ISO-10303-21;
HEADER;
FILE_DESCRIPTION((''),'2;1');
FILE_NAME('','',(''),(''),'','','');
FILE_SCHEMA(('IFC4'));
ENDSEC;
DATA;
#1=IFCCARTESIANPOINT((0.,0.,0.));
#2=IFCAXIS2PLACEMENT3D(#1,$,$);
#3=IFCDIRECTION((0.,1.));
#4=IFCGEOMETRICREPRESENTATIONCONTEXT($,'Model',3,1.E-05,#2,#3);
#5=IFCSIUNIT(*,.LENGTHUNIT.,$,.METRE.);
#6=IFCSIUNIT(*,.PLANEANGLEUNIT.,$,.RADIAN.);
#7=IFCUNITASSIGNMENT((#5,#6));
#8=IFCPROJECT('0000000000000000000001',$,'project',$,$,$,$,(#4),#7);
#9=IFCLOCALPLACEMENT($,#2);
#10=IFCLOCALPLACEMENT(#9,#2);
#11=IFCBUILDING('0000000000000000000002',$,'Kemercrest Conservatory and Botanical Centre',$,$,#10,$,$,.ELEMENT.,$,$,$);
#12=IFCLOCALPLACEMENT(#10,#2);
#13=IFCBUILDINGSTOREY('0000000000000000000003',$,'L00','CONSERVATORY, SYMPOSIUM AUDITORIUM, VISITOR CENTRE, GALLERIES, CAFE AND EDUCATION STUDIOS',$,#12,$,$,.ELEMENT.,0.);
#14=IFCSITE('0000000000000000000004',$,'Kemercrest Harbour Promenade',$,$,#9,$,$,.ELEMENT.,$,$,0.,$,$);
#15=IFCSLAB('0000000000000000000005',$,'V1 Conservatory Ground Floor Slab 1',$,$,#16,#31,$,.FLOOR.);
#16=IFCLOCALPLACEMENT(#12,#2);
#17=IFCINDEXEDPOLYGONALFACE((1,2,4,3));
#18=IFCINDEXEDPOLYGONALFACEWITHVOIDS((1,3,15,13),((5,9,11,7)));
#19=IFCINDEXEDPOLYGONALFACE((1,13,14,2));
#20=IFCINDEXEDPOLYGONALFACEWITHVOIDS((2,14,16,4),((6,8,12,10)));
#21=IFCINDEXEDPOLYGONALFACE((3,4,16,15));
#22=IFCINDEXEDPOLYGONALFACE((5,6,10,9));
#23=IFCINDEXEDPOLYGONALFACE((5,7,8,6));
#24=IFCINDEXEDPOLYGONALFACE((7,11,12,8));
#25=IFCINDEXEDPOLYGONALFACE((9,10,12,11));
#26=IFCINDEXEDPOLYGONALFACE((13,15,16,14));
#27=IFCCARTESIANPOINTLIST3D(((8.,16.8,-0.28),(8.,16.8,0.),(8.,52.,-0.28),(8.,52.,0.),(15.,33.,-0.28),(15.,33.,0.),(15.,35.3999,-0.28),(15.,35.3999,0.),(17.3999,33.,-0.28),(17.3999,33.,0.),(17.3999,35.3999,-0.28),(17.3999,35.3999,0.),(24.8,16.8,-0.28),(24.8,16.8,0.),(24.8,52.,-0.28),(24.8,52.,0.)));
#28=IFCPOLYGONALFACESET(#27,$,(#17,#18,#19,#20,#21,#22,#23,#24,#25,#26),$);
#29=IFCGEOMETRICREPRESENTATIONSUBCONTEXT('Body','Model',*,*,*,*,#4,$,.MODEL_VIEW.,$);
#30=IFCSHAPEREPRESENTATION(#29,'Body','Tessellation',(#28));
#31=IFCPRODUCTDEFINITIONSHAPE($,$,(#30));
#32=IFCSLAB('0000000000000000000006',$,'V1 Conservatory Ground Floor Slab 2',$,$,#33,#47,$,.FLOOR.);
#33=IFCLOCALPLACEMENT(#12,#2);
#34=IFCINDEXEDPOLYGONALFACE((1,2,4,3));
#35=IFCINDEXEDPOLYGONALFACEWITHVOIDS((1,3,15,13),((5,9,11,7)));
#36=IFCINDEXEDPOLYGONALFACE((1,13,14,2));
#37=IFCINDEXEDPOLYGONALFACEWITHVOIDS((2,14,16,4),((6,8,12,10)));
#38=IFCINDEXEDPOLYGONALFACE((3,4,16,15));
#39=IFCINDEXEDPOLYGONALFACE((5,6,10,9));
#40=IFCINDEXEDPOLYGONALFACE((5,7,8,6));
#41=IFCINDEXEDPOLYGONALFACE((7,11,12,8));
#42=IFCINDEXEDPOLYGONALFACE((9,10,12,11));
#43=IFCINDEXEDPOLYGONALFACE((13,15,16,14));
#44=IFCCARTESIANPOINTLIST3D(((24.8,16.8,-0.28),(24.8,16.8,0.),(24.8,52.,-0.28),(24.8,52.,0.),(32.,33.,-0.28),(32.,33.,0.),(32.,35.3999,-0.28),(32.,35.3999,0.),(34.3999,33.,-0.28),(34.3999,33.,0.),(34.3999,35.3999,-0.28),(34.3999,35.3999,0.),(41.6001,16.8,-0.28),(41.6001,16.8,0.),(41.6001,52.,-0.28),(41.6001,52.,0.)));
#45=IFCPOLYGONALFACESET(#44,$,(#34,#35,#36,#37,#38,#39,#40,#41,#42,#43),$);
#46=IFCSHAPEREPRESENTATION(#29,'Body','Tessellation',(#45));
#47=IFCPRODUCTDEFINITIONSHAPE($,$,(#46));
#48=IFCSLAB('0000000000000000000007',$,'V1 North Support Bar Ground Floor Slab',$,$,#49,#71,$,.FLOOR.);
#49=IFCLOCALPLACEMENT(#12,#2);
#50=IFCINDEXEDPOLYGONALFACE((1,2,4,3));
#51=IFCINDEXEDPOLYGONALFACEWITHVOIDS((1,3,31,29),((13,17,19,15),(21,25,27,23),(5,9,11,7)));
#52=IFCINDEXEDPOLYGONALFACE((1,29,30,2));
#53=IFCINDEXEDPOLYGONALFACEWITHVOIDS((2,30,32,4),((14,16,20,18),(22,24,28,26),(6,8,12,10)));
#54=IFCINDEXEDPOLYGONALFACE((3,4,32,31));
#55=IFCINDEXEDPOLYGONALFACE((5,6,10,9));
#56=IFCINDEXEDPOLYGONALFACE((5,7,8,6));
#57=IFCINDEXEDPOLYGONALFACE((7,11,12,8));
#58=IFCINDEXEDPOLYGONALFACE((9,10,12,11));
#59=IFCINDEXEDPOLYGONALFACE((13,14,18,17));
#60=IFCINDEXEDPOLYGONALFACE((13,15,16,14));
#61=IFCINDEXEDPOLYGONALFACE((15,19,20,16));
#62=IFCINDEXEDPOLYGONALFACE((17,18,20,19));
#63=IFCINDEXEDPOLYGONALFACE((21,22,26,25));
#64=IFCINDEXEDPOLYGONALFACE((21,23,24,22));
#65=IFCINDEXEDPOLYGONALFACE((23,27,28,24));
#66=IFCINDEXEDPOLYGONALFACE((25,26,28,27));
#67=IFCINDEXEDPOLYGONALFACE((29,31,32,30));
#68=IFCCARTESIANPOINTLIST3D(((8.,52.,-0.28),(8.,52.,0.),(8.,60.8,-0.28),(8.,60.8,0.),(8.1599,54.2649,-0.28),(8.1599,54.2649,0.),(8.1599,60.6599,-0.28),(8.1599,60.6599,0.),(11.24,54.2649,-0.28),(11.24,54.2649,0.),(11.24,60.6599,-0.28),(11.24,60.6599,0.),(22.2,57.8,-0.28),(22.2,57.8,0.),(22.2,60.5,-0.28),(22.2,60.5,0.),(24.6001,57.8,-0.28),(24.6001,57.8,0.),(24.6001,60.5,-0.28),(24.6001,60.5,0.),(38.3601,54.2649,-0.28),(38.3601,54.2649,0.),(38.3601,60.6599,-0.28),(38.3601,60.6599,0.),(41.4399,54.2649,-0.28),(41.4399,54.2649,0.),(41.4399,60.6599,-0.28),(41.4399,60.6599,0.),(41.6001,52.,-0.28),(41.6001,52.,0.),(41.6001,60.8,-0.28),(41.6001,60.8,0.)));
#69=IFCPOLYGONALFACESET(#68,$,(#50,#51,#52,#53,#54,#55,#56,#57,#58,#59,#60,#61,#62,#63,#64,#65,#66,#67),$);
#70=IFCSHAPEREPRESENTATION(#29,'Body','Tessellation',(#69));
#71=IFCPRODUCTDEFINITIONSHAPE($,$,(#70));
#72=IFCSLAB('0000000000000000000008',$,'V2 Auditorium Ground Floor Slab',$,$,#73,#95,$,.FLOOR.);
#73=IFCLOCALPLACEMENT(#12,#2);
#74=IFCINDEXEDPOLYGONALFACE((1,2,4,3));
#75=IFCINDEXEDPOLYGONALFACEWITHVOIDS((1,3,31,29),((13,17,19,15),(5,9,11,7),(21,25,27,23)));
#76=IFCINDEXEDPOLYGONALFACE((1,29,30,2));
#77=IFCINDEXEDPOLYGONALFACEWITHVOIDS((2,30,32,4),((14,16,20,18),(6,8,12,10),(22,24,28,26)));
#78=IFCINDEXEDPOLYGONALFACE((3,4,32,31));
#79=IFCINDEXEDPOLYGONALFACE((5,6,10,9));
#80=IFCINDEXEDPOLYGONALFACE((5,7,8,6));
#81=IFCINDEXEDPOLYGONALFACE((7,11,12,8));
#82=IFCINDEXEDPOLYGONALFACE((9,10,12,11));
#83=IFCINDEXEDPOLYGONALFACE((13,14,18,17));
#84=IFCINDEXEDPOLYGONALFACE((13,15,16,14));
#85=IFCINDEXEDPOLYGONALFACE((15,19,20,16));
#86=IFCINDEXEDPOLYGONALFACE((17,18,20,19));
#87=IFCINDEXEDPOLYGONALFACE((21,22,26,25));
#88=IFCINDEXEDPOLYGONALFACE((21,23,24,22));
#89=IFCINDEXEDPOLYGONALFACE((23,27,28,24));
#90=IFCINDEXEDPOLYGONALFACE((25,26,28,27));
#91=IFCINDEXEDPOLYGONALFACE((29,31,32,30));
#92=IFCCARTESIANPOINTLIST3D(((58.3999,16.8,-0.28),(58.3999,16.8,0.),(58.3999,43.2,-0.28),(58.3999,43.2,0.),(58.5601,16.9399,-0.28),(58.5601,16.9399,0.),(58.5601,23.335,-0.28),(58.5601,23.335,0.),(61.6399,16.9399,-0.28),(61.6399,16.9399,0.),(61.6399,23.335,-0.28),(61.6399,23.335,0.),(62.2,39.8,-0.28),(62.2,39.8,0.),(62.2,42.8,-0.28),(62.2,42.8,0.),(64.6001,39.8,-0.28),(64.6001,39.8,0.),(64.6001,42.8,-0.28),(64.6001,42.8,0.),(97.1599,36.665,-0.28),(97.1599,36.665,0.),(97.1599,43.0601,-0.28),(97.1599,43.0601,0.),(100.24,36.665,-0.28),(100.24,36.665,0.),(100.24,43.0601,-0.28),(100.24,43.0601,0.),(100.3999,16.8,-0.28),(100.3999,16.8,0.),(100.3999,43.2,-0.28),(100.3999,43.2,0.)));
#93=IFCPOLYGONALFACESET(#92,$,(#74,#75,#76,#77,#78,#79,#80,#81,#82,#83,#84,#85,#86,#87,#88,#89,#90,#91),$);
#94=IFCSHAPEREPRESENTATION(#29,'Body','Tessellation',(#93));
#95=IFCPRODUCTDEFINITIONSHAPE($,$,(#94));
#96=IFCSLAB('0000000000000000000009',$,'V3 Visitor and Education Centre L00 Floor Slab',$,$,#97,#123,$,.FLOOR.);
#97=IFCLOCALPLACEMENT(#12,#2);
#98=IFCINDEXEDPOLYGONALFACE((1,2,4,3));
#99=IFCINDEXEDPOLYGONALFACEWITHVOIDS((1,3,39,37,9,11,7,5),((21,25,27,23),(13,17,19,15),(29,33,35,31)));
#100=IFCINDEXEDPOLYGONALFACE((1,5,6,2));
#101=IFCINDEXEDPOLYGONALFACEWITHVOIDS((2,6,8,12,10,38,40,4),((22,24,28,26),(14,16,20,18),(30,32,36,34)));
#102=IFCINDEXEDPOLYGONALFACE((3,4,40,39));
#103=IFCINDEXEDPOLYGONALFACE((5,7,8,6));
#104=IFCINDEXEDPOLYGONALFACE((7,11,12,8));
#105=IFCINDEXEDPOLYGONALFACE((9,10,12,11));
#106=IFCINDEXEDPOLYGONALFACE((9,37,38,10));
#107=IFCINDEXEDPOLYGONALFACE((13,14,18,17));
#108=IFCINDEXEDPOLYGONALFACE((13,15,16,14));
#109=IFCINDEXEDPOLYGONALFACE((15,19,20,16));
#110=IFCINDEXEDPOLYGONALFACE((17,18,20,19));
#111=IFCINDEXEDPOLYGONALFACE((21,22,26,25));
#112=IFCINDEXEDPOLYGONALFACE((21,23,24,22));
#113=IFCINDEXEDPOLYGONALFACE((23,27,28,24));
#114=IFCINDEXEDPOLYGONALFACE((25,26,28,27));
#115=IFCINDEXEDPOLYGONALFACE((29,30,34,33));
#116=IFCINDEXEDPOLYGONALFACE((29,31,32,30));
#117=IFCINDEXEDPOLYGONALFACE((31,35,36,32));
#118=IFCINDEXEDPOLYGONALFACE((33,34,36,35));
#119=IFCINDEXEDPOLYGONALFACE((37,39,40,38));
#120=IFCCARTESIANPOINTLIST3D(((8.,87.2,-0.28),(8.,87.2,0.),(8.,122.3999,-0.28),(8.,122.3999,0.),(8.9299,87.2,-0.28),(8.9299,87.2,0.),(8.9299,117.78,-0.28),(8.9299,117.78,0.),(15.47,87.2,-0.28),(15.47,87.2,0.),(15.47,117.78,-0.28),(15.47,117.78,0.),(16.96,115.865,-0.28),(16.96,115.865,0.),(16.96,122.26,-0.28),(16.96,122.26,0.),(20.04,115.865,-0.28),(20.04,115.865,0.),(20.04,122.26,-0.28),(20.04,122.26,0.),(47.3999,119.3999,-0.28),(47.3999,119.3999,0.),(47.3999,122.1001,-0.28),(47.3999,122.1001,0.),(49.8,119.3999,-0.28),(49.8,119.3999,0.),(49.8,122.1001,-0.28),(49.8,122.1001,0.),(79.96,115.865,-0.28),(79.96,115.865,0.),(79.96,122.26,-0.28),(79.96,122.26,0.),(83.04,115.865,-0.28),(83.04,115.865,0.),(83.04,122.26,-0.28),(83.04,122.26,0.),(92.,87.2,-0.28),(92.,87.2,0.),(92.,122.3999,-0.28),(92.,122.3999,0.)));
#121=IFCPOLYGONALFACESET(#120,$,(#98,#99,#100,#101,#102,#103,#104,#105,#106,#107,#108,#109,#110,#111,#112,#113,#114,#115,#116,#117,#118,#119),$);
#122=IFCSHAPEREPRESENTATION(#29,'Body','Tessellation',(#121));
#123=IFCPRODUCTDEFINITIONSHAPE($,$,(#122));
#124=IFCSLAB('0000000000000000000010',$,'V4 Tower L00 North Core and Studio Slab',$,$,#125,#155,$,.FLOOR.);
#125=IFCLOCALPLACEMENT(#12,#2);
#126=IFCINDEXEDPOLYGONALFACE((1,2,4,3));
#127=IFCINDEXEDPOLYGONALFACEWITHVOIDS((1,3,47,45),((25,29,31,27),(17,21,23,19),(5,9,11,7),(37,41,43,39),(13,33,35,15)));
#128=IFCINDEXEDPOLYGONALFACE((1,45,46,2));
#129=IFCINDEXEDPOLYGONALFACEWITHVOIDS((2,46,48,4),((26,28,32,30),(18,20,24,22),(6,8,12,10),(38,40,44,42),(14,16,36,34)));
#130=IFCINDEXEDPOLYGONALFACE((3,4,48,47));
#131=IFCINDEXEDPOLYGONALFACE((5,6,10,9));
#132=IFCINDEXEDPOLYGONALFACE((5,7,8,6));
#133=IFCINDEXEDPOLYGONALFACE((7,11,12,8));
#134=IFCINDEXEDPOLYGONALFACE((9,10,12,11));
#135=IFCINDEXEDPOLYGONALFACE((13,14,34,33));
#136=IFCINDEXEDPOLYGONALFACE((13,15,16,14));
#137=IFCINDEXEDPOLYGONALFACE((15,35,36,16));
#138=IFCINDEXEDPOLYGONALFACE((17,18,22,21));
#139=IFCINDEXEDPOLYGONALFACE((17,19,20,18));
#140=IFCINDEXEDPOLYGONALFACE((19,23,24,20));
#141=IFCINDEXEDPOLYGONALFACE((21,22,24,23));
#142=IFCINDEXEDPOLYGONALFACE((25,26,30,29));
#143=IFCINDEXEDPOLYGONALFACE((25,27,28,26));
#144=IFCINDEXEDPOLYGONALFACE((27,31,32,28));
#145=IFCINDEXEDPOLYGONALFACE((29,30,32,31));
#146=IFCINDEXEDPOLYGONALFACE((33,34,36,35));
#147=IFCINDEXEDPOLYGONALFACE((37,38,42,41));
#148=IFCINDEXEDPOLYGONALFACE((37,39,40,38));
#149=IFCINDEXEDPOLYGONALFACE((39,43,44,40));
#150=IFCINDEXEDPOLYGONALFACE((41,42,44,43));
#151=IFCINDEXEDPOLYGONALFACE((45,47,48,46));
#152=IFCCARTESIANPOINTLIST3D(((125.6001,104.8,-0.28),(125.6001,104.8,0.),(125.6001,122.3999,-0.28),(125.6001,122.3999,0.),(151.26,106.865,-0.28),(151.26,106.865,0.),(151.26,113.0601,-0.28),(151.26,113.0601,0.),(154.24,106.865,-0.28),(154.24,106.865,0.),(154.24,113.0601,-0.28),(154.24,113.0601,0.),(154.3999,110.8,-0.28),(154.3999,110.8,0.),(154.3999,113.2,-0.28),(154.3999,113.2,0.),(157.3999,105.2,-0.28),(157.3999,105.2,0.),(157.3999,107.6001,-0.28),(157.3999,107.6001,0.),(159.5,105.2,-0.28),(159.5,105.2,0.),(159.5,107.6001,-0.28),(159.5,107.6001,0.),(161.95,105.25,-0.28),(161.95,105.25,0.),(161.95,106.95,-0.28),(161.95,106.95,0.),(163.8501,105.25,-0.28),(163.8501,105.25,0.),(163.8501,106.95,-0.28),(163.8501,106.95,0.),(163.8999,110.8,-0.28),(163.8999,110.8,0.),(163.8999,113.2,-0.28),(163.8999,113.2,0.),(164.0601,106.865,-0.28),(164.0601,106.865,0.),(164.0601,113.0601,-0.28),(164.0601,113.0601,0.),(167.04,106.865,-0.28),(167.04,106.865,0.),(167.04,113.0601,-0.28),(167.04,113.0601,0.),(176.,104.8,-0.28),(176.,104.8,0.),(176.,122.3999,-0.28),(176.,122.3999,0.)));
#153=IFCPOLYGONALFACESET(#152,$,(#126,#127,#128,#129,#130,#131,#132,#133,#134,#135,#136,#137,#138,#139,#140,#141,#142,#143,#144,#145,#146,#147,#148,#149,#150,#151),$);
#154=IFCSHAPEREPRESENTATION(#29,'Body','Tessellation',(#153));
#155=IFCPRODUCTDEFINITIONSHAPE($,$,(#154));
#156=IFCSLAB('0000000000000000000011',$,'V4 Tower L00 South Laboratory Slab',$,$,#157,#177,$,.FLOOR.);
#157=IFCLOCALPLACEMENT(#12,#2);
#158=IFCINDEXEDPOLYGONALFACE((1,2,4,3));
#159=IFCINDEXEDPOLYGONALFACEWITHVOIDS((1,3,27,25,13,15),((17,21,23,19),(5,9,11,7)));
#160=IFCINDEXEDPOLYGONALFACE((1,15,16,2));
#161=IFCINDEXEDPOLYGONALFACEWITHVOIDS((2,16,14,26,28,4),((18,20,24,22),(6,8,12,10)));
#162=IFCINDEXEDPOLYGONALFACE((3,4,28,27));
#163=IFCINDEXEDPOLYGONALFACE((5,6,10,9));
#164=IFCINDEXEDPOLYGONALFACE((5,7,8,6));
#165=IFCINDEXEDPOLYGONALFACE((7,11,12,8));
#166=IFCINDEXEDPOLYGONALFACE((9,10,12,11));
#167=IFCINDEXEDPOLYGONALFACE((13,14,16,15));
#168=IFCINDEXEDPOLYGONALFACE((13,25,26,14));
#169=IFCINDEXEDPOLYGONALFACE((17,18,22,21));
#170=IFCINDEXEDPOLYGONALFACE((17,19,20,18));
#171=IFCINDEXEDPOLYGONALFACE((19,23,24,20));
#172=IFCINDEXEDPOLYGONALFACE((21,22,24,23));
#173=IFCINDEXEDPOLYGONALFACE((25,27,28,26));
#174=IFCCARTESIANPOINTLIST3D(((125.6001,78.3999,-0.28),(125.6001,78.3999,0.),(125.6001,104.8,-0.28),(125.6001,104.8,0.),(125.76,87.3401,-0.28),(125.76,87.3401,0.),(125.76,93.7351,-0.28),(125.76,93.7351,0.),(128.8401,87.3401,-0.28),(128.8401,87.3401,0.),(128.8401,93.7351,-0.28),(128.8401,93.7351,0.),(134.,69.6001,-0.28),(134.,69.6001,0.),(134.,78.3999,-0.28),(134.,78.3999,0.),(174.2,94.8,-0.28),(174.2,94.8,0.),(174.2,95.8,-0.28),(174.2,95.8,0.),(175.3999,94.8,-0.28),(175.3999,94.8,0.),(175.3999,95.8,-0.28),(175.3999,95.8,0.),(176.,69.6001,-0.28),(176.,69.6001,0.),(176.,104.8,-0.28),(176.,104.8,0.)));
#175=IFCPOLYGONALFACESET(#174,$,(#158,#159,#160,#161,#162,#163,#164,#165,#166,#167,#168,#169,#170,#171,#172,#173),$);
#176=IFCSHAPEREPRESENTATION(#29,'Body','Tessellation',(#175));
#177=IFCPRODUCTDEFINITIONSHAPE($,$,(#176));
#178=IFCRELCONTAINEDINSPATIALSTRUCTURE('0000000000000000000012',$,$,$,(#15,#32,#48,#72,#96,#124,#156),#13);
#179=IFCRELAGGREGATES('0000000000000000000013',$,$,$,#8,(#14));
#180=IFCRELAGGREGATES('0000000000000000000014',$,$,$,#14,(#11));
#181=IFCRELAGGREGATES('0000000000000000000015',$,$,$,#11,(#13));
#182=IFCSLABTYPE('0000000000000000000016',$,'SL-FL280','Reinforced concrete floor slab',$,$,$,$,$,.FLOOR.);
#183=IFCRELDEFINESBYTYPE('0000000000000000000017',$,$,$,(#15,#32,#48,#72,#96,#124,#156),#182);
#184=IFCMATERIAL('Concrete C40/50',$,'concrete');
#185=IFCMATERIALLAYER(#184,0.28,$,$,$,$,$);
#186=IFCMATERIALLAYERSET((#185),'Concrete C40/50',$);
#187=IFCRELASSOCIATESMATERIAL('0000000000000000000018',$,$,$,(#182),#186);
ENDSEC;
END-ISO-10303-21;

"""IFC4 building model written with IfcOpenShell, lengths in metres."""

from ifc_helpers import new_model, si_unit, direction, frame, origin, place, context, subcontext, project, spatial, polyline, outline, extrude, material, layer, layer_set, type_object, element, save


model = new_model("IFC4")

# Units and contexts
model_context = context("Model", 3, precision=1e-05, world=origin(), true_north=direction((0.0, 1.0)))
body_context = subcontext(model_context, "Body", "Model", "MODEL_VIEW")
ifc_project = project(units=[si_unit("LENGTHUNIT", "METRE"), si_unit("PLANEANGLEUNIT", "RADIAN")], contexts=[model_context])

# Site, building, storey
site_placement = place(None, origin())
site = spatial("IfcSite", under=ifc_project, at=site_placement, Name="Kemercrest Harbour Promenade", CompositionType="ELEMENT", RefElevation=0.0)
building_placement = place(site_placement, origin())
building = spatial("IfcBuilding", under=site, at=building_placement, Name="Kemercrest Conservatory and Botanical Centre", CompositionType="ELEMENT")
storey_placement = place(building_placement, origin())
storey = spatial("IfcBuildingStorey", under=building, at=storey_placement, Name="L00", Description="CONSERVATORY, SYMPOSIUM AUDITORIUM, VISITOR CENTRE, GALLERIES, CAFE AND EDUCATION STUDIOS", CompositionType="ELEMENT", Elevation=0.0)

# Slabs
ifc_material_1 = material(Name="Concrete C40/50", Category="concrete")
ifc_layer_1 = layer(ifc_material_1, 0.28)
ifc_layer_set_1 = layer_set([ifc_layer_1], Name="Concrete C40/50")
slab_type_1 = type_object("IfcSlabType", Name="SL-FL280", Description="Reinforced concrete floor slab", PredefinedType="FLOOR", material=ifc_layer_set_1)
slab_1_placement = place(storey_placement, frame((0.0, 0.0, -0.28)))
element("IfcSlab", 1, at=slab_1_placement, inside=storey, type_object=slab_type_1, Name="V1 Conservatory Ground Floor Slab 1", PredefinedType="FLOOR", context=body_context, shape_type="SweptSolid", body=[
    extrude(outline(polyline([(8.0, 16.8), (24.8, 16.8), (24.8, 52.0), (8.0, 52.0), (8.0, 16.8)]), holes=[polyline([(15.0, 33.0), (17.3999, 33.0), (17.3999, 35.3999), (15.0, 35.3999), (15.0, 33.0)])]), origin(), (0.0, 0.0, 1.0), 0.28),
])
slab_2_placement = place(storey_placement, frame((0.0, 0.0, -0.28)))
element("IfcSlab", 2, at=slab_2_placement, inside=storey, type_object=slab_type_1, Name="V1 Conservatory Ground Floor Slab 2", PredefinedType="FLOOR", context=body_context, shape_type="SweptSolid", body=[
    extrude(outline(polyline([(24.8, 16.8), (41.6001, 16.8), (41.6001, 52.0), (24.8, 52.0), (24.8, 16.8)]), holes=[polyline([(32.0, 33.0), (34.3999, 33.0), (34.3999, 35.3999), (32.0, 35.3999), (32.0, 33.0)])]), origin(), (0.0, 0.0, 1.0), 0.28),
])
slab_3_placement = place(storey_placement, frame((0.0, 0.0, -0.28)))
element("IfcSlab", 3, at=slab_3_placement, inside=storey, type_object=slab_type_1, Name="V1 North Support Bar Ground Floor Slab", PredefinedType="FLOOR", context=body_context, shape_type="SweptSolid", body=[
    extrude(outline(polyline([(8.0, 60.8), (8.0, 52.0), (41.6001, 52.0), (41.6001, 60.8), (8.0, 60.8)]), holes=[polyline([(41.4399, 60.6599), (41.4399, 54.2649), (38.3601, 54.2649), (38.3601, 60.6599), (41.4399, 60.6599)]), polyline([(24.6001, 57.8), (22.2, 57.8), (22.2, 60.5), (24.6001, 60.5), (24.6001, 57.8)]), polyline([(8.1599, 54.2649), (8.1599, 60.6599), (11.24, 60.6599), (11.24, 54.2649), (8.1599, 54.2649)])]), origin(), (0.0, 0.0, 1.0), 0.28),
])
slab_4_placement = place(storey_placement, frame((0.0, 0.0, -0.28)))
element("IfcSlab", 4, at=slab_4_placement, inside=storey, type_object=slab_type_1, Name="V2 Auditorium Ground Floor Slab", PredefinedType="FLOOR", context=body_context, shape_type="SweptSolid", body=[
    extrude(outline(polyline([(58.3999, 43.2), (58.3999, 16.8), (100.3999, 16.8), (100.3999, 43.2), (58.3999, 43.2)]), holes=[polyline([(100.24, 43.0601), (100.24, 36.665), (97.1599, 36.665), (97.1599, 43.0601), (100.24, 43.0601)]), polyline([(64.6001, 39.8), (62.2, 39.8), (62.2, 42.8), (64.6001, 42.8), (64.6001, 39.8)]), polyline([(61.6399, 23.335), (61.6399, 16.9399), (58.5601, 16.9399), (58.5601, 23.335), (61.6399, 23.335)])]), origin(), (0.0, 0.0, 1.0), 0.28),
])
slab_5_placement = place(storey_placement, frame((0.0, 0.0, -0.28)))
element("IfcSlab", 5, at=slab_5_placement, inside=storey, type_object=slab_type_1, Name="V3 Visitor and Education Centre L00 Floor Slab", PredefinedType="FLOOR", context=body_context, shape_type="SweptSolid", body=[
    extrude(outline(polyline([(8.0, 122.3999), (8.0, 87.2), (8.9299, 87.2), (8.9299, 117.78), (15.47, 117.78), (15.47, 87.2), (92.0, 87.2), (92.0, 122.3999), (8.0, 122.3999)]), holes=[polyline([(83.04, 122.26), (83.04, 115.865), (79.96, 115.865), (79.96, 122.26), (83.04, 122.26)]), polyline([(49.8, 119.3999), (47.3999, 119.3999), (47.3999, 122.1001), (49.8, 122.1001), (49.8, 119.3999)]), polyline([(20.04, 122.26), (20.04, 115.865), (16.96, 115.865), (16.96, 122.26), (20.04, 122.26)])]), origin(), (0.0, 0.0, 1.0), 0.28),
])
slab_6_placement = place(storey_placement, frame((0.0, 0.0, -0.28)))
element("IfcSlab", 6, at=slab_6_placement, inside=storey, type_object=slab_type_1, Name="V4 Tower L00 North Core and Studio Slab", PredefinedType="FLOOR", context=body_context, shape_type="SweptSolid", body=[
    extrude(outline(polyline([(125.6001, 122.3999), (125.6001, 104.8), (176.0, 104.8), (176.0, 122.3999), (125.6001, 122.3999)]), holes=[polyline([(164.0601, 106.865), (164.0601, 113.0601), (167.04, 113.0601), (167.04, 106.865), (164.0601, 106.865)]), polyline([(154.3999, 110.8), (154.3999, 113.2), (163.8999, 113.2), (163.8999, 110.8), (154.3999, 110.8)]), polyline([(161.95, 105.25), (161.95, 106.95), (163.8501, 106.95), (163.8501, 105.25), (161.95, 105.25)]), polyline([(157.3999, 105.2), (157.3999, 107.6001), (159.5, 107.6001), (159.5, 105.2), (157.3999, 105.2)]), polyline([(154.24, 106.865), (151.26, 106.865), (151.26, 113.0601), (154.24, 113.0601), (154.24, 106.865)])]), origin(), (0.0, 0.0, 1.0), 0.28),
])
slab_7_placement = place(storey_placement, frame((0.0, 0.0, -0.28)))
element("IfcSlab", 7, at=slab_7_placement, inside=storey, type_object=slab_type_1, Name="V4 Tower L00 South Laboratory Slab", PredefinedType="FLOOR", context=body_context, shape_type="SweptSolid", body=[
    extrude(outline(polyline([(134.0, 78.3999), (134.0, 69.6001), (176.0, 69.6001), (176.0, 104.8), (125.6001, 104.8), (125.6001, 78.3999), (134.0, 78.3999)]), holes=[polyline([(174.2, 95.8), (175.3999, 95.8), (175.3999, 94.8), (174.2, 94.8), (174.2, 95.8)]), polyline([(128.8401, 93.7351), (128.8401, 87.3401), (125.76, 87.3401), (125.76, 93.7351), (128.8401, 93.7351)])]), origin(), (0.0, 0.0, 1.0), 0.28),
])

save(model, "model.ifc")
